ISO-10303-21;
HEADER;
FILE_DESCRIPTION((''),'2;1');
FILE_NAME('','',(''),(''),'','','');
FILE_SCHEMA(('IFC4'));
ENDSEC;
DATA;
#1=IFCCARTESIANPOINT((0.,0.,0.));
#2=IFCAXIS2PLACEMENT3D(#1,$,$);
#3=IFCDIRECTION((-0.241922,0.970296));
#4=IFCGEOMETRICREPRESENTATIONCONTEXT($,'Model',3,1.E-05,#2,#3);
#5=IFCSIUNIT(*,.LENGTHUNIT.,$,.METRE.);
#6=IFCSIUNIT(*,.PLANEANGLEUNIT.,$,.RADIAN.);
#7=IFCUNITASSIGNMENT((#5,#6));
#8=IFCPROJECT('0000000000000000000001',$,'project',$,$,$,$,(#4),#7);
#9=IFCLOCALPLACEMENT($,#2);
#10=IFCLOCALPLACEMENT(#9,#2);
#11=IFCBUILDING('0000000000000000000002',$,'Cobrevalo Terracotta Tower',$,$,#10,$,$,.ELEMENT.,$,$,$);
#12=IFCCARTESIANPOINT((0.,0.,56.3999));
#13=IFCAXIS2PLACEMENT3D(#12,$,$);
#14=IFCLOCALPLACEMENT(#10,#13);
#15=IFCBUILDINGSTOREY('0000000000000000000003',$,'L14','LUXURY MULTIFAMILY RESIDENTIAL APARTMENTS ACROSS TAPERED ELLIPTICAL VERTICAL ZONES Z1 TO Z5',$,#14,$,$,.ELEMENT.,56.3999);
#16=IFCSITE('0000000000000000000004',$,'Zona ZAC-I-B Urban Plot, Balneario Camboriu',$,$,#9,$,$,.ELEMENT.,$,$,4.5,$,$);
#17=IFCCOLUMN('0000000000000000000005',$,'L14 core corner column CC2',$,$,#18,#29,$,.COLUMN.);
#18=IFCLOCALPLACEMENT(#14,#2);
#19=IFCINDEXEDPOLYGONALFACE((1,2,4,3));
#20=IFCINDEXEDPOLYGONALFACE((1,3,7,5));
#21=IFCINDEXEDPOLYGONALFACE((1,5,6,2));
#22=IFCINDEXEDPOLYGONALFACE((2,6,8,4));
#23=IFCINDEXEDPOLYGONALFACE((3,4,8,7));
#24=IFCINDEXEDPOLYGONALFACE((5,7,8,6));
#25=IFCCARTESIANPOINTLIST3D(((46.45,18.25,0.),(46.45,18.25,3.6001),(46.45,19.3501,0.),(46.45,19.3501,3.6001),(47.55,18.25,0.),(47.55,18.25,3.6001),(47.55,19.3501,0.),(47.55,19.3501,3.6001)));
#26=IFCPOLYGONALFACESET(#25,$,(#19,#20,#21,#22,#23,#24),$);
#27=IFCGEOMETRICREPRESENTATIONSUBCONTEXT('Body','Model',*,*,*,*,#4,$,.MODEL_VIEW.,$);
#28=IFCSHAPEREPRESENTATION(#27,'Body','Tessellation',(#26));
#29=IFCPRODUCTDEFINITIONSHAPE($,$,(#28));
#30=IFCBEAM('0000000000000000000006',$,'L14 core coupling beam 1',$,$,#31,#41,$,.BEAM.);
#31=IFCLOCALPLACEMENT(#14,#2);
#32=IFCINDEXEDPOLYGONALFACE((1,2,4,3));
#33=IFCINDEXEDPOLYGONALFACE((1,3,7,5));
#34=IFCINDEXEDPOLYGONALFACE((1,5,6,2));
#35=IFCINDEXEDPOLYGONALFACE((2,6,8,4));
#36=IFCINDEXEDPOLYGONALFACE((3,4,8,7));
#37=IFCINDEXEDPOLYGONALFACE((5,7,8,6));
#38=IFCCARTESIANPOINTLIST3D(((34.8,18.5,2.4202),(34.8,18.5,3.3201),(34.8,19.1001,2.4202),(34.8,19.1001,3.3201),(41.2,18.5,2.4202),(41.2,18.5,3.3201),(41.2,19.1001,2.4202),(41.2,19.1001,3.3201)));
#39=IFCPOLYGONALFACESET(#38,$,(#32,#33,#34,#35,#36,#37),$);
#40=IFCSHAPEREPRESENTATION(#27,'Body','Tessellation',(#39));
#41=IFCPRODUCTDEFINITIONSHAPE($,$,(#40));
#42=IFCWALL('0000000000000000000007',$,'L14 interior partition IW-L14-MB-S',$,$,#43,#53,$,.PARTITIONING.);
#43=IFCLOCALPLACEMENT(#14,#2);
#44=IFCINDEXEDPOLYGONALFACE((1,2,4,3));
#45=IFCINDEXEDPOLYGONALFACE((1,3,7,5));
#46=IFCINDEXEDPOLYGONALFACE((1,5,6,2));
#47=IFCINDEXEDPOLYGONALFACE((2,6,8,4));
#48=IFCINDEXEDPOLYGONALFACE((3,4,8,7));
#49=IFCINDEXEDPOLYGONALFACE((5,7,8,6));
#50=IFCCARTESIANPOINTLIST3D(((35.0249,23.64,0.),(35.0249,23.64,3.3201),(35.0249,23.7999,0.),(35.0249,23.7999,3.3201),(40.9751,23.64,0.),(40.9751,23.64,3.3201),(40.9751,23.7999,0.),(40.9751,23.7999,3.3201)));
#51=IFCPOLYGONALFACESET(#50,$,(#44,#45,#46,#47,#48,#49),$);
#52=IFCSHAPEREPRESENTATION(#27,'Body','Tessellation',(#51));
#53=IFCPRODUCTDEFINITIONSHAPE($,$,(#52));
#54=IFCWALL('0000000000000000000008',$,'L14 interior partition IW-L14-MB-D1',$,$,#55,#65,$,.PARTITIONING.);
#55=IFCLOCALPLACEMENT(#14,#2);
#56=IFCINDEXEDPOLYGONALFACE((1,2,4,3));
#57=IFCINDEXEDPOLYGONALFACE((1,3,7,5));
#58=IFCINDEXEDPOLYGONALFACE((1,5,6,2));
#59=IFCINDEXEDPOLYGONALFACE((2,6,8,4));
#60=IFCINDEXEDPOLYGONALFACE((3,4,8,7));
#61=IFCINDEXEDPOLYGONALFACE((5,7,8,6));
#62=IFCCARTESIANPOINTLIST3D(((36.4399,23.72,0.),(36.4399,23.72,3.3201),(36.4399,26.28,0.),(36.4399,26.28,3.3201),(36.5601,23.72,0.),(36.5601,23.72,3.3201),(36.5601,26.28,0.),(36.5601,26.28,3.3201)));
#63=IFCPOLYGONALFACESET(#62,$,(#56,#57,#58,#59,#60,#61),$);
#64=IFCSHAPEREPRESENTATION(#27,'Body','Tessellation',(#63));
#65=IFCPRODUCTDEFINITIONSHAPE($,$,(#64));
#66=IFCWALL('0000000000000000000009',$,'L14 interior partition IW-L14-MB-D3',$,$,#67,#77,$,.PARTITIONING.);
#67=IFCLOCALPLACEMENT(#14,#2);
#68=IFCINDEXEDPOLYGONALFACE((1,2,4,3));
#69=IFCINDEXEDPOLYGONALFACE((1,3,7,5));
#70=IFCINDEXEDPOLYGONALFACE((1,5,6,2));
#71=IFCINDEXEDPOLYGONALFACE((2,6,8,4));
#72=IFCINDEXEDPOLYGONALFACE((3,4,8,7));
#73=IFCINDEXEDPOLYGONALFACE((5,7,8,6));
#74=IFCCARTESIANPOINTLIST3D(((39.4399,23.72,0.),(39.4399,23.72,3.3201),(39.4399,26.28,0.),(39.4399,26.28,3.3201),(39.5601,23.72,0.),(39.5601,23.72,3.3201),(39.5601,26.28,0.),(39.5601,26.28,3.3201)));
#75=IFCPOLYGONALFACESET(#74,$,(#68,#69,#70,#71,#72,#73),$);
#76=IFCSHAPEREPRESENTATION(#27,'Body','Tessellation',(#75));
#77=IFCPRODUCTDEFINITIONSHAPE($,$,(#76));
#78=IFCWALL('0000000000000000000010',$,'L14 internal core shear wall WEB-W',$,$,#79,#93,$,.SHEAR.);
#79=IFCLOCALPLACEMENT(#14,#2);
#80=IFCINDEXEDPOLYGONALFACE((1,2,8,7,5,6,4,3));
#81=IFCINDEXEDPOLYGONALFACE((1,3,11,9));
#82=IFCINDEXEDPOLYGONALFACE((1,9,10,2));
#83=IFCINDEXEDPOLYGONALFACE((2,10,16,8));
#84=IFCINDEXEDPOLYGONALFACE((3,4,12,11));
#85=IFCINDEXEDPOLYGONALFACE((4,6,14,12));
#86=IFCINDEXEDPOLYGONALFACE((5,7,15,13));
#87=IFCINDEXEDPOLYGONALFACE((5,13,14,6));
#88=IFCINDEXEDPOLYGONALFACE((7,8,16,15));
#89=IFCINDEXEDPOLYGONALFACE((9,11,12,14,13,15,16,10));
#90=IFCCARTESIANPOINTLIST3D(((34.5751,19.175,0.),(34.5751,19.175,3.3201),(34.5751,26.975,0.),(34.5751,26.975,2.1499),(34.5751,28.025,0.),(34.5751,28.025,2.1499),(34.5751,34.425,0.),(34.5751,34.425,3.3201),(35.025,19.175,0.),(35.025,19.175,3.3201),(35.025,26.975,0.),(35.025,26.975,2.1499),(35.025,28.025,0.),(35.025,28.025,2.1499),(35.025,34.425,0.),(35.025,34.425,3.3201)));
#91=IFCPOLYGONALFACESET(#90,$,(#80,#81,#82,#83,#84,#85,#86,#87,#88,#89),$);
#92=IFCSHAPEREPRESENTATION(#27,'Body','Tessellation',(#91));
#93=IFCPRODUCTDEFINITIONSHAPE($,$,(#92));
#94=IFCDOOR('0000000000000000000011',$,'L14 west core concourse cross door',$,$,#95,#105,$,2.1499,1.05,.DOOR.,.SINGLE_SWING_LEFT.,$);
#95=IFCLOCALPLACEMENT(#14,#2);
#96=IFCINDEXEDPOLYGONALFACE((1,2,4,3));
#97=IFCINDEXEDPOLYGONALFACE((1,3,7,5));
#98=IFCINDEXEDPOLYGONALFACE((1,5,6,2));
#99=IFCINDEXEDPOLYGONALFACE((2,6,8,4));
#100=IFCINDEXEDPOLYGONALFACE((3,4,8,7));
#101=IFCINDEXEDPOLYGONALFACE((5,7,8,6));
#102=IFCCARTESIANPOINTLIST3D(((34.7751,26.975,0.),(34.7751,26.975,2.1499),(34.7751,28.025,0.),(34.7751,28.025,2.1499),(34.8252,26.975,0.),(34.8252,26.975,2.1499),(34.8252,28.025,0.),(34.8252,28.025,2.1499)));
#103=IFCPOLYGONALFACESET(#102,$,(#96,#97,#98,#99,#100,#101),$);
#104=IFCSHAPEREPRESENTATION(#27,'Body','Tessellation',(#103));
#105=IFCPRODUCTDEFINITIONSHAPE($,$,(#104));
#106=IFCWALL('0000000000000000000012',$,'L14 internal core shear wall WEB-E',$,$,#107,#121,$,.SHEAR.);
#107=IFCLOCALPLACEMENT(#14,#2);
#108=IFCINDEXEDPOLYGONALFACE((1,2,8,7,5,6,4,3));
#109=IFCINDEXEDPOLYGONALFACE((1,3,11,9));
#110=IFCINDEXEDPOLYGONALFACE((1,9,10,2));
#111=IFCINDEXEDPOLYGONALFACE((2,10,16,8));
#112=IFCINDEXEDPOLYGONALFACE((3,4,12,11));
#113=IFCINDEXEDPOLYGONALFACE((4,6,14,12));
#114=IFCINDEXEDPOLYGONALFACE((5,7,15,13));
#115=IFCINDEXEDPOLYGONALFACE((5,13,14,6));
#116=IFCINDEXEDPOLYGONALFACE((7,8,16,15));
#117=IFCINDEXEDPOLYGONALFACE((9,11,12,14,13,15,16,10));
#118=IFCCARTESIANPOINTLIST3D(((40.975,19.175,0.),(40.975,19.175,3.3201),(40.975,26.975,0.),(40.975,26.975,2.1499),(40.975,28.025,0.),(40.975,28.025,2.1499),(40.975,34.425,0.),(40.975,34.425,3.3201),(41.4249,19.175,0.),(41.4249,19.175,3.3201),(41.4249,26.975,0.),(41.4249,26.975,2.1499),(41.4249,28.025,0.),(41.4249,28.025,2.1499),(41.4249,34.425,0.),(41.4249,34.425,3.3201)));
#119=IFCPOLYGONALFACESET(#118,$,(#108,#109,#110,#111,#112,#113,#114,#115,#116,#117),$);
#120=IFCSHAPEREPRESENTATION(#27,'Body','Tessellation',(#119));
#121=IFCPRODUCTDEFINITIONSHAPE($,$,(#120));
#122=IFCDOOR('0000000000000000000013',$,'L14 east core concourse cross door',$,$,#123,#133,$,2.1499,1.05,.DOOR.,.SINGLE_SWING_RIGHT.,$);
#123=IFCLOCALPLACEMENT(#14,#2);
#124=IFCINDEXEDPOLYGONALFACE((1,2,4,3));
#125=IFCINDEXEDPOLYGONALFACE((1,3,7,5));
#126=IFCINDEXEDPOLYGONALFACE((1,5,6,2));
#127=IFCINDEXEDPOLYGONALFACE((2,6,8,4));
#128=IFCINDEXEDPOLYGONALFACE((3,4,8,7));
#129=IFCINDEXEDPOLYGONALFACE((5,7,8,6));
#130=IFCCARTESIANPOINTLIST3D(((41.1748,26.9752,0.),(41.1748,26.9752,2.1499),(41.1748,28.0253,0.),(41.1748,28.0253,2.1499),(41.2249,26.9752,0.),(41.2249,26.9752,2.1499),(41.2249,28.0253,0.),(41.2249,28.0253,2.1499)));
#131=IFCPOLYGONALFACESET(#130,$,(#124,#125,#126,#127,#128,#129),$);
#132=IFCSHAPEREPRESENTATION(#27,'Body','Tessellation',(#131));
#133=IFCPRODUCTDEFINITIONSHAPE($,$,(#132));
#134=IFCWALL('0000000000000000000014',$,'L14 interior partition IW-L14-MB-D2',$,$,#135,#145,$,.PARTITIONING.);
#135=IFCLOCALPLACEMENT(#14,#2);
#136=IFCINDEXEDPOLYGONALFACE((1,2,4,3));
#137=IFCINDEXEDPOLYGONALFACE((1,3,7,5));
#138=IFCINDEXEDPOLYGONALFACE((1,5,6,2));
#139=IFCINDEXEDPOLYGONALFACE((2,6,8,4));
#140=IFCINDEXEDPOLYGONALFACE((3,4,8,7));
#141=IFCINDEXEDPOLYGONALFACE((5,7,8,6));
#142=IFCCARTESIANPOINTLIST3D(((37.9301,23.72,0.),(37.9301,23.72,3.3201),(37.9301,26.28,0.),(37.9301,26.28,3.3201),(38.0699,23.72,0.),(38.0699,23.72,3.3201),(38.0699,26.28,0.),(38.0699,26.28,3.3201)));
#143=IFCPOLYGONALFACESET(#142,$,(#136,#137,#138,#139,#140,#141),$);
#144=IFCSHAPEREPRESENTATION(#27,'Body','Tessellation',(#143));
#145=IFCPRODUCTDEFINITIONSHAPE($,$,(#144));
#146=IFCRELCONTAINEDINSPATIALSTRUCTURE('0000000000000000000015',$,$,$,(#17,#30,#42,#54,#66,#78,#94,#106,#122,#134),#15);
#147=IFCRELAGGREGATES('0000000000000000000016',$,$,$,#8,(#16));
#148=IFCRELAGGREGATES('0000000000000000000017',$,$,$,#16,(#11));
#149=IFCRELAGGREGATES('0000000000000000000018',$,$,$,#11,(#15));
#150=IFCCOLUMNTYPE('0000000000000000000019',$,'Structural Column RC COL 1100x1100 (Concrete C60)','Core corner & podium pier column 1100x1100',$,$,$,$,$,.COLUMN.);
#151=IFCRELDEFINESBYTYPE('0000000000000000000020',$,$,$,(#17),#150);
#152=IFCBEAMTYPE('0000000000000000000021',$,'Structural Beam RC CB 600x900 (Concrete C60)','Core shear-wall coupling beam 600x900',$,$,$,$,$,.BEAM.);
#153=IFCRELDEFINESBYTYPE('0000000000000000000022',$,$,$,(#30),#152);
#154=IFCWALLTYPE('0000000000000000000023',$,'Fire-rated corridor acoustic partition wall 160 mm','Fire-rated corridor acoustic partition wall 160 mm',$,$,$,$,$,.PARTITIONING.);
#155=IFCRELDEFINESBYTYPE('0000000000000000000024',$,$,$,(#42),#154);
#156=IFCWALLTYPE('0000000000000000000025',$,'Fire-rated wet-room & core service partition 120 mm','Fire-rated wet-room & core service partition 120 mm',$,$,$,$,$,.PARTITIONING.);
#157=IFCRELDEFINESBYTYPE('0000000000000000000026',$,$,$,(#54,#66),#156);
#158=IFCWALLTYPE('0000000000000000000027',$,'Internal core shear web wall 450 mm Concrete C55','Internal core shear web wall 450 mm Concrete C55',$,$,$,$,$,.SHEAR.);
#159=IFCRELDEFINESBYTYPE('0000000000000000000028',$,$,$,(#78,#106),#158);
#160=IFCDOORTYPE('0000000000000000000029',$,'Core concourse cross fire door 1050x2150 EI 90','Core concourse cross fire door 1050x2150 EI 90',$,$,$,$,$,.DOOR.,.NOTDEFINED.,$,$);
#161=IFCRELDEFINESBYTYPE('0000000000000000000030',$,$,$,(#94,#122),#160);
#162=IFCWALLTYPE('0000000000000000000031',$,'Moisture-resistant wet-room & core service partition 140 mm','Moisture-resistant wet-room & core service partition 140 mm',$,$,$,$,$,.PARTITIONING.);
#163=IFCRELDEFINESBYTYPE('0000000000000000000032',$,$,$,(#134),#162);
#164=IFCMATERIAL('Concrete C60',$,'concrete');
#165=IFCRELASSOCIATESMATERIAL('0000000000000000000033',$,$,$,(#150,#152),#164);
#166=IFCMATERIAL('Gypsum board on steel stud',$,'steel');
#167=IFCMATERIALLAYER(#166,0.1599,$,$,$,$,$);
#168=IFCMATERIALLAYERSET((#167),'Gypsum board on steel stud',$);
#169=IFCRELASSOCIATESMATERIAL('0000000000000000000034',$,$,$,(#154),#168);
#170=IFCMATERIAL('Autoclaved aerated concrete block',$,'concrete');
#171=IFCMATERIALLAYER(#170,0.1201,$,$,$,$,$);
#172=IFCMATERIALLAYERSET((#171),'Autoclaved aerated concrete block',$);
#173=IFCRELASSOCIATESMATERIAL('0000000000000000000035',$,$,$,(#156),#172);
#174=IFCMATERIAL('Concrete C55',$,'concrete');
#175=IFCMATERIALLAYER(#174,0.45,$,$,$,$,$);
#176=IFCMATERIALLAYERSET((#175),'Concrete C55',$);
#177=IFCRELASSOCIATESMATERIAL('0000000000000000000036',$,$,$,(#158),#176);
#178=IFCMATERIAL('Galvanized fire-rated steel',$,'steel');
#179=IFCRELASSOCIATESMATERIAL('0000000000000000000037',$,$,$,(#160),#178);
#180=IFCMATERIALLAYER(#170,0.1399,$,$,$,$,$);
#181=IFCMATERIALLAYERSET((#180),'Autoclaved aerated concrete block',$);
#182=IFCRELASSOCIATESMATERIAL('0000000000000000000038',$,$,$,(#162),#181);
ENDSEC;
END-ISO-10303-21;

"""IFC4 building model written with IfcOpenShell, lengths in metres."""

from ifc_helpers import new_model, si_unit, direction, frame, frame_2d, origin, origin_2d, place, context, subcontext, project, spatial, rectangle, extrude, source, transform, mapped, material, layer, layer_set, material_profile, profile_set, type_object, element, fill, save


model = new_model("IFC4")

# Units and contexts
model_context = context("Model", 3, precision=1e-05, world=origin(), true_north=direction((-0.241922, 0.970296)))
body_context = subcontext(model_context, "Body", "Model", "MODEL_VIEW")
ifc_project = project(units=[si_unit("LENGTHUNIT", "METRE"), si_unit("PLANEANGLEUNIT", "RADIAN")], contexts=[model_context])

# Site, building, storey
site_placement = place(None, origin())
site = spatial("IfcSite", under=ifc_project, at=site_placement, Name="Zona ZAC-I-B Urban Plot, Balneario Camboriu", CompositionType="ELEMENT", RefElevation=4.5)
building_placement = place(site_placement, origin())
building = spatial("IfcBuilding", under=site, at=building_placement, Name="Cobrevalo Terracotta Tower", CompositionType="ELEMENT")
storey_placement = place(building_placement, frame((0.0, 0.0, 56.3999)))
storey = spatial("IfcBuildingStorey", under=building, at=storey_placement, Name="L14", Description="LUXURY MULTIFAMILY RESIDENTIAL APARTMENTS ACROSS TAPERED ELLIPTICAL VERTICAL ZONES Z1 TO Z5", CompositionType="ELEMENT", Elevation=56.3999)

# Column
ifc_material_1 = material(Name="Concrete C60", Category="concrete")
ifc_material_profile_1 = material_profile(ifc_material_1, rectangle(XDim=1.1001, YDim=1.1001, at=origin_2d()), Name="RC COL 1100x1100")
ifc_profile_set_1 = profile_set([ifc_material_profile_1], Name="Concrete C60")
column_type = type_object("IfcColumnType", Name="Structural Column RC COL 1100x1100 (Concrete C60)", Description="Core corner & podium pier column 1100x1100", PredefinedType="COLUMN", material=ifc_profile_set_1)
column_placement = place(storey_placement, frame((47.0, 18.8, 0.0), z_axis=(0.0, 0.0, 1.0), x_axis=(1.0, 0.0, 0.0)))
element("IfcColumn", 1, at=column_placement, inside=storey, type_object=column_type, Name="L14 core corner column CC2", PredefinedType="COLUMN", context=body_context, shape_type="SweptSolid", body=[
    extrude(rectangle(XDim=1.1001, YDim=1.1001, at=origin_2d()), origin(), (0.0, 0.0, 1.0), 3.6001),
])

# Beam
ifc_material_profile_2 = material_profile(ifc_material_1, rectangle(XDim=0.6001, YDim=0.8999, at=origin_2d()), Name="RC CB 600x900")
ifc_profile_set_2 = profile_set([ifc_material_profile_2], Name="Concrete C60")
beam_type = type_object("IfcBeamType", Name="Structural Beam RC CB 600x900 (Concrete C60)", Description="Core shear-wall coupling beam 600x900", PredefinedType="BEAM", material=ifc_profile_set_2)
beam_placement = place(storey_placement, frame((34.8, 18.8, 2.8701), z_axis=(1.0, 0.0, 0.0), x_axis=(0.0, 1.0, 0.0)))
element("IfcBeam", 2, at=beam_placement, inside=storey, type_object=beam_type, Name="L14 core coupling beam 1", PredefinedType="BEAM", context=body_context, shape_type="SweptSolid", body=[
    extrude(rectangle(XDim=0.6001, YDim=0.8999, at=origin_2d()), origin(), (0.0, 0.0, 1.0), 6.3999),
])

# Walls
ifc_material_2 = material(Name="Gypsum board on steel stud", Category="steel")
ifc_layer_1 = layer(ifc_material_2, 0.1599)
ifc_layer_set_1 = layer_set([ifc_layer_1], Name="Gypsum board on steel stud")
wall_type_1 = type_object("IfcWallType", Name="Fire-rated corridor acoustic partition wall 160 mm", Description="Fire-rated corridor acoustic partition wall 160 mm", PredefinedType="PARTITIONING", material=ifc_layer_set_1)
wall_1_placement = place(storey_placement, frame((35.0249, 23.72, 0.0), z_axis=(0.0, 0.0, 1.0), x_axis=(1.0, 0.0, 0.0)))
element("IfcWall", 3, at=wall_1_placement, inside=storey, type_object=wall_type_1, Name="L14 interior partition IW-L14-MB-S", PredefinedType="PARTITIONING", context=body_context, shape_type="SweptSolid", body=[
    extrude(rectangle(XDim=5.9502, YDim=0.1599, at=frame_2d((2.9751, 0.0))), origin(), (0.0, 0.0, 1.0), 3.3201),
])
ifc_material_3 = material(Name="Autoclaved aerated concrete block", Category="concrete")
ifc_layer_2 = layer(ifc_material_3, 0.1201)
ifc_layer_set_2 = layer_set([ifc_layer_2], Name="Autoclaved aerated concrete block")
wall_type_2 = type_object("IfcWallType", Name="Fire-rated wet-room & core service partition 120 mm", Description="Fire-rated wet-room & core service partition 120 mm", PredefinedType="PARTITIONING", material=ifc_layer_set_2)
for number, where, z_axis, x_axis, name in (
    (4, (36.5, 23.72, 0.0), (0.0, 0.0, 1.0), (0.0, 1.0, 0.0), "L14 interior partition IW-L14-MB-D1"),
    (5, (39.5, 23.72, 0.0), (0.0, 0.0, 1.0), (0.0, 1.0, 0.0), "L14 interior partition IW-L14-MB-D3"),
):
    element("IfcWall", number, at=place(storey_placement, frame(where, z_axis=z_axis, x_axis=x_axis)), inside=storey, type_object=wall_type_2, Name=name, PredefinedType="PARTITIONING", context=body_context, shape_type="SweptSolid", body=[
        extrude(rectangle(XDim=2.5601, YDim=0.1201, at=frame_2d((1.28, 0.0))), origin(), (0.0, 0.0, 1.0), 3.3201),
    ])

# Walls, openings, doors
ifc_material_4 = material(Name="Concrete C55", Category="concrete")
ifc_layer_3 = layer(ifc_material_4, 0.45)
ifc_layer_set_3 = layer_set([ifc_layer_3], Name="Concrete C55")
wall_type_3 = type_object("IfcWallType", Name="Internal core shear web wall 450 mm Concrete C55", Description="Internal core shear web wall 450 mm Concrete C55", PredefinedType="SHEAR", material=ifc_layer_set_3)
wall_2_placement = place(storey_placement, frame((34.8, 19.175, 0.0), z_axis=(0.0, 0.0, 1.0), x_axis=(0.0, 1.0, 0.0)))
wall_2 = element("IfcWall", 6, at=wall_2_placement, inside=storey, type_object=wall_type_3, Name="L14 internal core shear wall WEB-W", PredefinedType="SHEAR", context=body_context, shape_type="SweptSolid", body=[
    extrude(rectangle(XDim=15.25, YDim=0.45, at=frame_2d((7.625, 0.0))), origin(), (0.0, 0.0, 1.0), 3.3201),
])
opening_1_placement = place(wall_2_placement, frame((7.8, 0.0, 0.0)))
opening_1 = element("IfcOpeningElement", 7, at=opening_1_placement, cuts=wall_2, PredefinedType="OPENING", context=body_context, shape_type="SweptSolid", body=[
    extrude(rectangle(XDim=1.05, YDim=2.1499, at=frame_2d((0.5249, 1.075))), frame((0.0, 0.2349, 0.0), z_axis=(0.0, -1.0, 0.0), x_axis=(1.0, 0.0, 0.0)), (0.0, 0.0, 1.0), 0.47),
])
ifc_material_5 = material(Name="Galvanized fire-rated steel", Category="steel")
door_type_1 = type_object("IfcDoorType", Name="Core concourse cross fire door 1050x2150 EI 90", Description="Core concourse cross fire door 1050x2150 EI 90", OperationType="NOTDEFINED", PredefinedType="DOOR", material=ifc_material_5)
shared_shape_1 = source(origin(), body_context, "Body", "SweptSolid", [
    extrude(rectangle(XDim=1.05, YDim=2.1499, at=frame_2d((0.5249, 1.075))), frame((0.0, 0.0249, 0.0), z_axis=(0.0, -1.0, 0.0), x_axis=(1.0, 0.0, 0.0)), (0.0, 0.0, 1.0), 0.05),
])
door_1_placement = place(opening_1_placement, origin())
door_1 = element("IfcDoor", 8, at=door_1_placement, inside=storey, type_object=door_type_1, Name="L14 west core concourse cross door", OperationType="SINGLE_SWING_LEFT", OverallHeight=2.1499, OverallWidth=1.05, PredefinedType="DOOR", context=body_context, shape_type="MappedRepresentation", body=[
    mapped(shared_shape_1, transform((0.0, 0.0, 0.0), scale=1.0)),
])
fill(opening_1, door_1)
wall_3_placement = place(storey_placement, frame((41.2, 19.175, 0.0), z_axis=(0.0, 0.0, 1.0), x_axis=(0.0, 1.0, 0.0)))
wall_3 = element("IfcWall", 9, at=wall_3_placement, inside=storey, type_object=wall_type_3, Name="L14 internal core shear wall WEB-E", PredefinedType="SHEAR", context=body_context, shape_type="SweptSolid", body=[
    extrude(rectangle(XDim=15.25, YDim=0.45, at=frame_2d((7.625, 0.0))), origin(), (0.0, 0.0, 1.0), 3.3201),
])
opening_2_placement = place(wall_3_placement, frame((7.8, 0.0, 0.0)))
opening_2 = element("IfcOpeningElement", 10, at=opening_2_placement, cuts=wall_3, PredefinedType="OPENING", context=body_context, shape_type="SweptSolid", body=[
    extrude(rectangle(XDim=1.05, YDim=2.1499, at=frame_2d((0.5249, 1.075))), frame((0.0, 0.2349, 0.0), z_axis=(0.0, -1.0, 0.0), x_axis=(1.0, 0.0, 0.0)), (0.0, 0.0, 1.0), 0.47),
])
door_2_placement = place(opening_2_placement, frame((1.05, 0.0, 0.0), z_axis=(0.0, 0.0, 1.0), x_axis=(-1.0, 0.0, 0.0)))
door_2 = element("IfcDoor", 11, at=door_2_placement, inside=storey, type_object=door_type_1, Name="L14 east core concourse cross door", OperationType="SINGLE_SWING_RIGHT", OverallHeight=2.1499, OverallWidth=1.05, PredefinedType="DOOR", context=body_context, shape_type="MappedRepresentation", body=[
    mapped(shared_shape_1, transform((0.0, 0.0, 0.0), scale=1.0)),
])
fill(opening_2, door_2)

# Wall
ifc_layer_4 = layer(ifc_material_3, 0.1399)
ifc_layer_set_4 = layer_set([ifc_layer_4], Name="Autoclaved aerated concrete block")
wall_type_4 = type_object("IfcWallType", Name="Moisture-resistant wet-room & core service partition 140 mm", Description="Moisture-resistant wet-room & core service partition 140 mm", PredefinedType="PARTITIONING", material=ifc_layer_set_4)
wall_4_placement = place(storey_placement, frame((38.0, 23.72, 0.0), z_axis=(0.0, 0.0, 1.0), x_axis=(0.0, 1.0, 0.0)))
element("IfcWall", 12, at=wall_4_placement, inside=storey, type_object=wall_type_4, Name="L14 interior partition IW-L14-MB-D2", PredefinedType="PARTITIONING", context=body_context, shape_type="SweptSolid", body=[
    extrude(rectangle(XDim=2.5601, YDim=0.1399, at=frame_2d((1.28, 0.0))), origin(), (0.0, 0.0, 1.0), 3.3201),
])

save(model, "model.ifc")
